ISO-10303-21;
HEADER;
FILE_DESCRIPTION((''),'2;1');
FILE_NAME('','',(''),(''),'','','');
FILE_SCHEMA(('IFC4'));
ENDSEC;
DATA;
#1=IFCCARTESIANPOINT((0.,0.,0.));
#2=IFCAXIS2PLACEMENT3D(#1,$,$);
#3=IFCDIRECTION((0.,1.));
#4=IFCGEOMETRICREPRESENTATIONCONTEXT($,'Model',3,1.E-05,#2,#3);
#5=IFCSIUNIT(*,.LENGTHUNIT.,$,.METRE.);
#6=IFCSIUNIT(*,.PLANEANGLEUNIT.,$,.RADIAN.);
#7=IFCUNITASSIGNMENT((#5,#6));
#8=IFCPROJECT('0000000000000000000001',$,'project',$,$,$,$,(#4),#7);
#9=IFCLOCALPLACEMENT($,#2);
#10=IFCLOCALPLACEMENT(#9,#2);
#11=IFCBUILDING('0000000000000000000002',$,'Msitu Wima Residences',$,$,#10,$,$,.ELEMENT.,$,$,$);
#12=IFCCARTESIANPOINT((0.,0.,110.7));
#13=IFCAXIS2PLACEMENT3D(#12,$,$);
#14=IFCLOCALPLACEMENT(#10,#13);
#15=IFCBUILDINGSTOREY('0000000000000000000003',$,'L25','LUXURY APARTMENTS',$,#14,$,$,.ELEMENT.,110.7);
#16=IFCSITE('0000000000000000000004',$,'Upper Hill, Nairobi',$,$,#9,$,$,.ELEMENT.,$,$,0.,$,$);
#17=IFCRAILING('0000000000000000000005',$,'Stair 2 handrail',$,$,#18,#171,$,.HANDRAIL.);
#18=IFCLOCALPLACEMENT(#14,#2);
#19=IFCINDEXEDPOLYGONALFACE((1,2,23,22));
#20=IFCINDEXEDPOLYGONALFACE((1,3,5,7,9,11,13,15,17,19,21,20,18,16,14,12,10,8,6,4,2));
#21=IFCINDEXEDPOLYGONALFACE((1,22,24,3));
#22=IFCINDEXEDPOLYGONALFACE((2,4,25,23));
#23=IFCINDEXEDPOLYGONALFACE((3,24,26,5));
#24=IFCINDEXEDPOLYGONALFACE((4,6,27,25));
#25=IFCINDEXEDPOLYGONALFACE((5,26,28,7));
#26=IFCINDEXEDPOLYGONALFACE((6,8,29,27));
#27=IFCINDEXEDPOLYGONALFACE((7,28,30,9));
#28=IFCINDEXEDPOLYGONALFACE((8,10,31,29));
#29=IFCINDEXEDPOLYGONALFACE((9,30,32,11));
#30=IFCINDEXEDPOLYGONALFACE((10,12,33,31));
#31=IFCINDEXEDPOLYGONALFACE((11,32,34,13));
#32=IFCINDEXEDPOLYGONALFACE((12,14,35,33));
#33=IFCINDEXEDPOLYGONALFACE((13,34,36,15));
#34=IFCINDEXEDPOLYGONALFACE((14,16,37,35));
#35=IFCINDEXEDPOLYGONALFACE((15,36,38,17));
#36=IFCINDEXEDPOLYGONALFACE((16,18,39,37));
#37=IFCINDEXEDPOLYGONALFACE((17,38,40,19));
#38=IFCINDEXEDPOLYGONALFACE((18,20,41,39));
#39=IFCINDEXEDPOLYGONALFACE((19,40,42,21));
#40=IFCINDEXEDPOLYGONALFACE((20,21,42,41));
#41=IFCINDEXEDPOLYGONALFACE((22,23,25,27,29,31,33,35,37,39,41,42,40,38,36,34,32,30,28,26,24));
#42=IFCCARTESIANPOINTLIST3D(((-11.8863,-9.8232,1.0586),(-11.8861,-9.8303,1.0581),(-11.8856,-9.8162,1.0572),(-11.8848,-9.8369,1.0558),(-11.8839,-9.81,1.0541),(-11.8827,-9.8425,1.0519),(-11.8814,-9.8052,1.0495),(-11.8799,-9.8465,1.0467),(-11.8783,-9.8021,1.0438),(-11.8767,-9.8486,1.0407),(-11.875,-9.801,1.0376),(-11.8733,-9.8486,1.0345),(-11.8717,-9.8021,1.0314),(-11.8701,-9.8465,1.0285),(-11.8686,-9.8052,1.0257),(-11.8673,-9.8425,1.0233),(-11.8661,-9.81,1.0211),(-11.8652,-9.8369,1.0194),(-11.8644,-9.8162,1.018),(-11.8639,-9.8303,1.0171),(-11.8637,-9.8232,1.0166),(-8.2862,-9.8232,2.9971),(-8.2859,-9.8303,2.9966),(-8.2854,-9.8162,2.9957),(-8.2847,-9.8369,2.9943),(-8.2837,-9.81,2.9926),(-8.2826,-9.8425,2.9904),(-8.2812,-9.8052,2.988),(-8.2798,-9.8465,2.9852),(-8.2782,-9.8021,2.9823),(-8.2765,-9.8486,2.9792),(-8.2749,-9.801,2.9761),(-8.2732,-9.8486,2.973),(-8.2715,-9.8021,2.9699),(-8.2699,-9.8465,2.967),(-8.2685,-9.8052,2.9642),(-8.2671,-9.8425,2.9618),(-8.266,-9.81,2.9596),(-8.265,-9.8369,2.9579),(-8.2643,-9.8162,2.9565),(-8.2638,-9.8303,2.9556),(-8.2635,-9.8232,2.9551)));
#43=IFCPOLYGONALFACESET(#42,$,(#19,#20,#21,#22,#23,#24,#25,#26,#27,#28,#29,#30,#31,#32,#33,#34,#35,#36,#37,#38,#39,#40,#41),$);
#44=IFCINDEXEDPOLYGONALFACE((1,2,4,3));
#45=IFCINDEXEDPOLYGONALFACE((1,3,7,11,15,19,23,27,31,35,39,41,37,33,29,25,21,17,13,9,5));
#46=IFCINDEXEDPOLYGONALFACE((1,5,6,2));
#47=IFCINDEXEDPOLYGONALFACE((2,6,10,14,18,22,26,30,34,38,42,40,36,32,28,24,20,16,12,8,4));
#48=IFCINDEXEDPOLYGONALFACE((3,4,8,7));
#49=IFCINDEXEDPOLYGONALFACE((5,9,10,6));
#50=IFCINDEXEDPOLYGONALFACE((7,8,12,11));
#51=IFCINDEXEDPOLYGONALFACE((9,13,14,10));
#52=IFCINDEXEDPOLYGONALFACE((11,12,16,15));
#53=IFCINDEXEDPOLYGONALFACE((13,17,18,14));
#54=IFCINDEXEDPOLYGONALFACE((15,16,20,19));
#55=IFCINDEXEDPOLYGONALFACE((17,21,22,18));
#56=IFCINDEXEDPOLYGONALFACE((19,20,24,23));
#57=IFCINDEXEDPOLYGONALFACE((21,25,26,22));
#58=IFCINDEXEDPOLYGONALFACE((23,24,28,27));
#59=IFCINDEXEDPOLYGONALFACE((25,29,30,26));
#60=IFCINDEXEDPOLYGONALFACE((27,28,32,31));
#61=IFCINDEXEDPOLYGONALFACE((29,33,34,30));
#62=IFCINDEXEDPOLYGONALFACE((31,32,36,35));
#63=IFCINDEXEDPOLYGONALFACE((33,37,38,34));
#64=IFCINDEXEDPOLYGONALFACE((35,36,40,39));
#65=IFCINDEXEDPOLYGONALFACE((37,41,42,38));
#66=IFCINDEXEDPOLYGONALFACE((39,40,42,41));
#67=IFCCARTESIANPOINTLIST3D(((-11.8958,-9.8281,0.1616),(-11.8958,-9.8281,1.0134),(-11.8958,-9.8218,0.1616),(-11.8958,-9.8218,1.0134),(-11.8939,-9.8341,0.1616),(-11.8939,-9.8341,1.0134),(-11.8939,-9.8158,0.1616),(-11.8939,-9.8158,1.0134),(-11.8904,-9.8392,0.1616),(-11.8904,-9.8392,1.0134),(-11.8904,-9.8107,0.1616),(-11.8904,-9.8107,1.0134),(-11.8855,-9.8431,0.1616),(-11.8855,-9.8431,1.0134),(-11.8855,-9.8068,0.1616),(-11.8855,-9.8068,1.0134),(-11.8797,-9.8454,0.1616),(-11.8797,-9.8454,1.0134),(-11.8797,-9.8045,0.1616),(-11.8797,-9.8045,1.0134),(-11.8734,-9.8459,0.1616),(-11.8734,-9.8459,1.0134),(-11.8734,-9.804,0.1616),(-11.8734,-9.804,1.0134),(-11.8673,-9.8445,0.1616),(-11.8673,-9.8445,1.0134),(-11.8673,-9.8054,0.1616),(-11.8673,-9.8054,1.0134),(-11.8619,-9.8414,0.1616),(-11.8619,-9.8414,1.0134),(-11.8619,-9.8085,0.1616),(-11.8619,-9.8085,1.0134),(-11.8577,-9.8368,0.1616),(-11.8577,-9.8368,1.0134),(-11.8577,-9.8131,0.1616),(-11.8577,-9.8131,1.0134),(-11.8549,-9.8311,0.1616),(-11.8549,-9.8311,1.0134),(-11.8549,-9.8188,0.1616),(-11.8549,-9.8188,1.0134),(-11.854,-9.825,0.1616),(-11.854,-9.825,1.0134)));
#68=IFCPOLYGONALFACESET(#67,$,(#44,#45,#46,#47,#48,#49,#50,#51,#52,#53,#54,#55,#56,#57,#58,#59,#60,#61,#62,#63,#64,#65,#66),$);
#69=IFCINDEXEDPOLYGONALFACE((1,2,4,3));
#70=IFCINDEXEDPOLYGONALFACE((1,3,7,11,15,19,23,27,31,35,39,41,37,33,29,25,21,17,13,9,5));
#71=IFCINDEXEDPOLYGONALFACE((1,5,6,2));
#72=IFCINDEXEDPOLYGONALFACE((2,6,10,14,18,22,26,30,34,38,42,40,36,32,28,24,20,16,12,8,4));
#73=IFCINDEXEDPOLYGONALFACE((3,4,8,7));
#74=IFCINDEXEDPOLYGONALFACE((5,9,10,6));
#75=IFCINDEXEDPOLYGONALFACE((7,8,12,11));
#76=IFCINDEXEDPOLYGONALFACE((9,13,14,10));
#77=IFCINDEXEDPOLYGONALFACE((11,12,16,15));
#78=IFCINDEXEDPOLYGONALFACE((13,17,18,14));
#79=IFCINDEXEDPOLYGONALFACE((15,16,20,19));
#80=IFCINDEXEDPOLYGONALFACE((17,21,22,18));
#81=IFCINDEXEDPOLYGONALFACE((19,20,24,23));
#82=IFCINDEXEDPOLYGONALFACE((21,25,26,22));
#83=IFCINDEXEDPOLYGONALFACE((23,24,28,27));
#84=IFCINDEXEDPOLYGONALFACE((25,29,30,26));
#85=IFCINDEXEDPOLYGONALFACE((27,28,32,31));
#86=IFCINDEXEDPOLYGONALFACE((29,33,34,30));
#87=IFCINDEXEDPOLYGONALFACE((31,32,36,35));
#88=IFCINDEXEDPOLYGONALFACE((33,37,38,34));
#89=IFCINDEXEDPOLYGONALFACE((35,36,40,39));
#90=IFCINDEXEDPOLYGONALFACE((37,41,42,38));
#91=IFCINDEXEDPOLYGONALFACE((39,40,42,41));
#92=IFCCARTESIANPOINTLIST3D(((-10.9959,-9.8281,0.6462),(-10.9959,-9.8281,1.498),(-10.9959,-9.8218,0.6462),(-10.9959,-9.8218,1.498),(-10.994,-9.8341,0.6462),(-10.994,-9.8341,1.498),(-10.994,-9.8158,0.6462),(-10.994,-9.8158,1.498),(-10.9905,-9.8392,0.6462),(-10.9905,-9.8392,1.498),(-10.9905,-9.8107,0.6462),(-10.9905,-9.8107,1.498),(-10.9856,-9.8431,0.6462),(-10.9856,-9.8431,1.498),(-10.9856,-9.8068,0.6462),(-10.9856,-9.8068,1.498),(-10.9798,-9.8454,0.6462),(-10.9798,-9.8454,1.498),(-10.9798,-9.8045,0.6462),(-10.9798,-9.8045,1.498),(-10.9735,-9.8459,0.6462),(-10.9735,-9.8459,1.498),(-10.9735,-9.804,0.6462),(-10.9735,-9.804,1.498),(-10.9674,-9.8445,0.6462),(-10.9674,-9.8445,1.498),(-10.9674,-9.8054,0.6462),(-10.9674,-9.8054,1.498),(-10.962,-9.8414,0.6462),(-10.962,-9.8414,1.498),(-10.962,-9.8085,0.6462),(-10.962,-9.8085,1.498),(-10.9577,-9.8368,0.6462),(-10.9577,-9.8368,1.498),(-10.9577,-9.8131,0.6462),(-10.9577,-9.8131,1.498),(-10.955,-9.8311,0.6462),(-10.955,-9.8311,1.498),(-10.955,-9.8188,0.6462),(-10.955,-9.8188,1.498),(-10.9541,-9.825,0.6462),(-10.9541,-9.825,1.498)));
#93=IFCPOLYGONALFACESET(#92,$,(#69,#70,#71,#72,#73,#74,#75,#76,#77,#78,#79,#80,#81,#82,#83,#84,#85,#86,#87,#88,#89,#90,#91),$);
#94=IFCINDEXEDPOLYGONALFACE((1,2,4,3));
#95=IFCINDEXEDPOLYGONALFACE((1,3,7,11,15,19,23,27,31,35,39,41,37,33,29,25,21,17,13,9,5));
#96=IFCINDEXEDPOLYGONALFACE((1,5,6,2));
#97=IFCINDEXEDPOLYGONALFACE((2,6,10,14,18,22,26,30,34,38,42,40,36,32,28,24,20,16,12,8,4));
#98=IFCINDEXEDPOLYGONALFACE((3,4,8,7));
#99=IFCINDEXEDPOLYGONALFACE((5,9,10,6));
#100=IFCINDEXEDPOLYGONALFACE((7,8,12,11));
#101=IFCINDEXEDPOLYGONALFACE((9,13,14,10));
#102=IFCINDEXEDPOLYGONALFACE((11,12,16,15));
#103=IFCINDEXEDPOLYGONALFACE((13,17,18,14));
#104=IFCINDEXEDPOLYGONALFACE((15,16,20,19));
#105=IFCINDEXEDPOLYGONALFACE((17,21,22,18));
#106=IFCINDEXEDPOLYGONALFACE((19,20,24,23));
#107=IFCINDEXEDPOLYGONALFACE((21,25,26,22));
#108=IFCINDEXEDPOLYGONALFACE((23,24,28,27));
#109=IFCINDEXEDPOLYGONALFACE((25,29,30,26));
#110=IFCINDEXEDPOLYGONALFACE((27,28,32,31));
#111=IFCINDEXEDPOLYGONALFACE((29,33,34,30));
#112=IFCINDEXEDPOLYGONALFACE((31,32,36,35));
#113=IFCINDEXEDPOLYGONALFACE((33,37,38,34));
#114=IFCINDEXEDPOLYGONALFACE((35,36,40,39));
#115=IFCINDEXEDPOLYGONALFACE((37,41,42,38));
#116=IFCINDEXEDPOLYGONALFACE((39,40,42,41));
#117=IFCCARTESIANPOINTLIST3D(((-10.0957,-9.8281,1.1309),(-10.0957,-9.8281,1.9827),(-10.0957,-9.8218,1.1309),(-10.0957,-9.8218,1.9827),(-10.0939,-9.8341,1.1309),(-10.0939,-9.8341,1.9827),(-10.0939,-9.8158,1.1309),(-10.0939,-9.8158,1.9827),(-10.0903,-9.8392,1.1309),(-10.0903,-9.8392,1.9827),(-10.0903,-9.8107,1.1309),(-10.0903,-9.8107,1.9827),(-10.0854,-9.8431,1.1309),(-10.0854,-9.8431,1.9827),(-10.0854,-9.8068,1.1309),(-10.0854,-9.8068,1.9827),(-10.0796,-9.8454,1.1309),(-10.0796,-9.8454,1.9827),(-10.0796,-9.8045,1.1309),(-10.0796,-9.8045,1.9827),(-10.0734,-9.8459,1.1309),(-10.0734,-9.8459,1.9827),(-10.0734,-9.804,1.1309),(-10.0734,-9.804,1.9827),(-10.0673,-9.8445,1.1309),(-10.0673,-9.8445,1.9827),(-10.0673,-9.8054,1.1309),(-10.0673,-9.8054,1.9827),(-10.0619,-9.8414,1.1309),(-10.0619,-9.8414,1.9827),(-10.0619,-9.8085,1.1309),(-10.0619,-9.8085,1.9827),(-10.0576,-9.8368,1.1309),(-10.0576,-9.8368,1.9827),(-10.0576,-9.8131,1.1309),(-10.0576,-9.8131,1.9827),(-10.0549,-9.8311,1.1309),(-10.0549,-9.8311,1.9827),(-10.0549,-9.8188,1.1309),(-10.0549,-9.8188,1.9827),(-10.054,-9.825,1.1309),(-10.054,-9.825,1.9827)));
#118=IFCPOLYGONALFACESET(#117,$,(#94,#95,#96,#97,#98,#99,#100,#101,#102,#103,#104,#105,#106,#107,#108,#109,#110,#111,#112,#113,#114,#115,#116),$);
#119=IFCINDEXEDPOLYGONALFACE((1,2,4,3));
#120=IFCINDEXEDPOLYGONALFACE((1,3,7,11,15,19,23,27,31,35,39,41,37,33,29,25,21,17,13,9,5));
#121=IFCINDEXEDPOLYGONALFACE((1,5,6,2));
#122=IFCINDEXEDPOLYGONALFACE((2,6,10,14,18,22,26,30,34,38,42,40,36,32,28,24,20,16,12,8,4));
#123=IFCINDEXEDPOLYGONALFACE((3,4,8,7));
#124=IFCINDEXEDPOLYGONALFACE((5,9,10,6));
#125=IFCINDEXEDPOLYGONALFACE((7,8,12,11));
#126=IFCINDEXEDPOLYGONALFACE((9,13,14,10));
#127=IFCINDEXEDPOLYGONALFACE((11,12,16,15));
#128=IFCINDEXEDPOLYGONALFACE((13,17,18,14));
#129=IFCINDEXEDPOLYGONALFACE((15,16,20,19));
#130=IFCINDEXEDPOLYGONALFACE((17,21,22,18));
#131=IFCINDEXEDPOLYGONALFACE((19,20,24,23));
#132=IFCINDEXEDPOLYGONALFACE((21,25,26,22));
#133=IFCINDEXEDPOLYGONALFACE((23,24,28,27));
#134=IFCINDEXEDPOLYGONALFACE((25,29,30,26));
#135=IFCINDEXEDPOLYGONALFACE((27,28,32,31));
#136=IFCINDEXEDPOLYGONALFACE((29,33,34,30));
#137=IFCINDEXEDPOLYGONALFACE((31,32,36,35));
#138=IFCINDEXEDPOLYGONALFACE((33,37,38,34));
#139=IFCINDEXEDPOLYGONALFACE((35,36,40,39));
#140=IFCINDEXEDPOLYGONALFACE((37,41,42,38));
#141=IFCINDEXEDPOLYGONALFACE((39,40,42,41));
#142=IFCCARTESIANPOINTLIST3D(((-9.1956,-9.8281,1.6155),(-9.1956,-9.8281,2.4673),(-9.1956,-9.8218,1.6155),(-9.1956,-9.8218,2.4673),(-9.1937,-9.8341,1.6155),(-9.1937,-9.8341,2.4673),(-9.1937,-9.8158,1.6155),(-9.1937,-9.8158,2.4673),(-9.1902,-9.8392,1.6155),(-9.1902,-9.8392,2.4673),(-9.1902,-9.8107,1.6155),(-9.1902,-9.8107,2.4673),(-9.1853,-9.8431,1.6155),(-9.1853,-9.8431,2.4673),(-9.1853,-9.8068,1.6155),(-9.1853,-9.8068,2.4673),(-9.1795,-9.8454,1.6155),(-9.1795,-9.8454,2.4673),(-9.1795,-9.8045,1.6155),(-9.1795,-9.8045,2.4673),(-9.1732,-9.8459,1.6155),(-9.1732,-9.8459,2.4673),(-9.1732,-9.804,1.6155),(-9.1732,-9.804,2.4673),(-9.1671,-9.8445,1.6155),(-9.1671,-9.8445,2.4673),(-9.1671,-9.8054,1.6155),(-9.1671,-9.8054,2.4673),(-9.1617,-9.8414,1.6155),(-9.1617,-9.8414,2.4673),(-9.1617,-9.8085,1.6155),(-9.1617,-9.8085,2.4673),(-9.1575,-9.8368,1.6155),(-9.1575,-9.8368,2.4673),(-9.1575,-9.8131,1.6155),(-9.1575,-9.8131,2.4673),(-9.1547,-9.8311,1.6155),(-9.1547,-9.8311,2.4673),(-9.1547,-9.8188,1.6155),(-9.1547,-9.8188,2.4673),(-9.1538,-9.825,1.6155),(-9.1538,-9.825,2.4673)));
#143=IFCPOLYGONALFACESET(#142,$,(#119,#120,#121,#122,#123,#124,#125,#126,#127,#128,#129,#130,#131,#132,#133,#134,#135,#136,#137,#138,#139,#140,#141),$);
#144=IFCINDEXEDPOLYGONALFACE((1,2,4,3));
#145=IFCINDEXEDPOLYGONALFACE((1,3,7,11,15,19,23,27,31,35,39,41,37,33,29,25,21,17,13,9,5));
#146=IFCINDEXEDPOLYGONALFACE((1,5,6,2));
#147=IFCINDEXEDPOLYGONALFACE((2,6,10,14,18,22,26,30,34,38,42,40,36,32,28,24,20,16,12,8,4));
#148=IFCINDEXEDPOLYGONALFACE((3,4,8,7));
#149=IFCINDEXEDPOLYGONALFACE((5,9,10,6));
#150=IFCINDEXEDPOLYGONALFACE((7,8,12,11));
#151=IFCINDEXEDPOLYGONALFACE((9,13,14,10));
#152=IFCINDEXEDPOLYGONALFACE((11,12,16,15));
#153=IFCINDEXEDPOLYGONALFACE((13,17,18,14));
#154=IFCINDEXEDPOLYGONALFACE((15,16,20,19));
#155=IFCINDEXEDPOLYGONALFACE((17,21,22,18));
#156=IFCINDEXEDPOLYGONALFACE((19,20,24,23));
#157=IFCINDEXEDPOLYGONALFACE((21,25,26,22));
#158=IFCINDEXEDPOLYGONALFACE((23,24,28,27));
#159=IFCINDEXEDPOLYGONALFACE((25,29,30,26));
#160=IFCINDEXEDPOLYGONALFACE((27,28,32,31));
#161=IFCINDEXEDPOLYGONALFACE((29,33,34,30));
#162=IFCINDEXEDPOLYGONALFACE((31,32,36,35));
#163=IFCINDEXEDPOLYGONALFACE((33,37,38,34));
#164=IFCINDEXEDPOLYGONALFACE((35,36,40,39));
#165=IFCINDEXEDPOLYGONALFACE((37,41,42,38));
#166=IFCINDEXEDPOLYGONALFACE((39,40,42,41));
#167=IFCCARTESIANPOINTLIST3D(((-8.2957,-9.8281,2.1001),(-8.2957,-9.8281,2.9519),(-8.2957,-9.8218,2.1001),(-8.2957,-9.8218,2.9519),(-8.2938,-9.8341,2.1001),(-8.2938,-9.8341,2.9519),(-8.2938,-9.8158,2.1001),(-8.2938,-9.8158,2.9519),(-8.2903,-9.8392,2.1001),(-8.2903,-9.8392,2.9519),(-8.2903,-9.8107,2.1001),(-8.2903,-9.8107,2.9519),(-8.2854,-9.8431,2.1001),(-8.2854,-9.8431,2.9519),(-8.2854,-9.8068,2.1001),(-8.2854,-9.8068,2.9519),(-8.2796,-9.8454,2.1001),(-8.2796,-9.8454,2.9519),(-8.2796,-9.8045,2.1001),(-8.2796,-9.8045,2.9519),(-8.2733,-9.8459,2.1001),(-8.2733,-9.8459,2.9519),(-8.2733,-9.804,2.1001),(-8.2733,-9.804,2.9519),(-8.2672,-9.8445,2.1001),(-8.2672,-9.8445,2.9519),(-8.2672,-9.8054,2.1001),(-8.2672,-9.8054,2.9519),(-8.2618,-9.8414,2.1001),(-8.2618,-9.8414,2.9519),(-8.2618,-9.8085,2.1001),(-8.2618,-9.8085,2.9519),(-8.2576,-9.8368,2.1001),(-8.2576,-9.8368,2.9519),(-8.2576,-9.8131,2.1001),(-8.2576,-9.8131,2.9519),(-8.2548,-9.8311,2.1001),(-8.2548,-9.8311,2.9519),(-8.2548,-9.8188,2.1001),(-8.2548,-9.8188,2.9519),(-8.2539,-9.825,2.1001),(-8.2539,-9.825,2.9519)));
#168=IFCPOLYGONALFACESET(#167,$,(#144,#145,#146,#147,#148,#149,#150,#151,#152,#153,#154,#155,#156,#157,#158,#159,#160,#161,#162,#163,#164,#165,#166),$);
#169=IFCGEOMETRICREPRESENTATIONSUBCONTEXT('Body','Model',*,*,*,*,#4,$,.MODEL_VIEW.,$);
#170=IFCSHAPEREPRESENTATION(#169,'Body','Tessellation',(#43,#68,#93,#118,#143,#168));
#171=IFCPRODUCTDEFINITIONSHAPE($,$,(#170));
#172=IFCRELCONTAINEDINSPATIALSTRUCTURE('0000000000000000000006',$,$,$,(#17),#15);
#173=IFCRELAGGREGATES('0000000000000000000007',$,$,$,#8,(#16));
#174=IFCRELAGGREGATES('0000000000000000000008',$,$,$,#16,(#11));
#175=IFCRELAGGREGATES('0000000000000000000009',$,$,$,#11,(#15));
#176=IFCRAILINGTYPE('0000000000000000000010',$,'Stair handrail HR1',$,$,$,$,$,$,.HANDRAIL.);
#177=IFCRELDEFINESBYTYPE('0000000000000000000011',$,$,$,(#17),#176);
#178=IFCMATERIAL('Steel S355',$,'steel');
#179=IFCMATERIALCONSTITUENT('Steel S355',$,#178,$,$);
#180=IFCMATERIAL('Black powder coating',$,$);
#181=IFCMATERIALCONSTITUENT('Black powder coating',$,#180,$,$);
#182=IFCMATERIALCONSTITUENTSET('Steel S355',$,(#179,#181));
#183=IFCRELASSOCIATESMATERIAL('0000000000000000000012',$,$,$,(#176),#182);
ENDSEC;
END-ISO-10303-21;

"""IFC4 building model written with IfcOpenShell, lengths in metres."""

from ifc_helpers import new_model, si_unit, direction, frame, origin, origin_2d, place, context, subcontext, project, spatial, circle, extrude, material, constituent, constituent_set, type_object, element, save


model = new_model("IFC4")

# Units and contexts
model_context = context("Model", 3, precision=1e-05, world=origin(), true_north=direction((0.0, 1.0)))
body_context = subcontext(model_context, "Body", "Model", "MODEL_VIEW")
ifc_project = project(units=[si_unit("LENGTHUNIT", "METRE"), si_unit("PLANEANGLEUNIT", "RADIAN")], contexts=[model_context])

# Site, building, storey
site_placement = place(None, origin())
site = spatial("IfcSite", under=ifc_project, at=site_placement, Name="Upper Hill, Nairobi", CompositionType="ELEMENT", RefElevation=0.0)
building_placement = place(site_placement, origin())
building = spatial("IfcBuilding", under=site, at=building_placement, Name="Msitu Wima Residences", CompositionType="ELEMENT")
storey_placement = place(building_placement, frame((0.0, 0.0, 110.7)))
storey = spatial("IfcBuildingStorey", under=building, at=storey_placement, Name="L25", Description="LUXURY APARTMENTS", CompositionType="ELEMENT", Elevation=110.7)

# Railing
ifc_material_1 = material(Name="Steel S355", Category="steel")
ifc_constituent_1 = constituent(ifc_material_1, Name="Steel S355")
ifc_material_2 = material(Name="Black powder coating")
ifc_constituent_2 = constituent(ifc_material_2, Name="Black powder coating")
ifc_constituent_set = constituent_set(constituents=[ifc_constituent_1, ifc_constituent_2], Name="Steel S355")
railing_type = type_object("IfcRailingType", Name="Stair handrail HR1", PredefinedType="HANDRAIL", material=ifc_constituent_set)
for number, where, name in (
    (1, (-11.875, -9.825, 0.1616), "Stair 2 handrail"),
):
    element("IfcRailing", number, at=place(storey_placement, frame(where)), inside=storey, type_object=railing_type, Name=name, PredefinedType="HANDRAIL", context=body_context, shape_type="SweptSolid", body=[
        extrude(circle(Radius=0.0239, at=origin_2d()), frame((0.0, 0.0, 0.876), z_axis=(0.880475, 0.0, 0.474093), x_axis=(0.0, 1.0, 0.0)), (0.0, 0.0, 1.0), 4.0889),
        extrude(circle(Radius=0.021, at=origin_2d()), origin(), (0.0, 0.0, 1.0), 0.8518),
        extrude(circle(Radius=0.021, at=origin_2d()), frame((0.8999, 0.0, 0.4846)), (0.0, 0.0, 1.0), 0.8518),
        extrude(circle(Radius=0.021, at=origin_2d()), frame((1.8, 0.0, 0.9692)), (0.0, 0.0, 1.0), 0.8518),
        extrude(circle(Radius=0.021, at=origin_2d()), frame((2.7002, 0.0, 1.4539)), (0.0, 0.0, 1.0), 0.8518),
        extrude(circle(Radius=0.021, at=origin_2d()), frame((3.6001, 0.0, 1.9385)), (0.0, 0.0, 1.0), 0.8518),
    ])

save(model, "model.ifc")
